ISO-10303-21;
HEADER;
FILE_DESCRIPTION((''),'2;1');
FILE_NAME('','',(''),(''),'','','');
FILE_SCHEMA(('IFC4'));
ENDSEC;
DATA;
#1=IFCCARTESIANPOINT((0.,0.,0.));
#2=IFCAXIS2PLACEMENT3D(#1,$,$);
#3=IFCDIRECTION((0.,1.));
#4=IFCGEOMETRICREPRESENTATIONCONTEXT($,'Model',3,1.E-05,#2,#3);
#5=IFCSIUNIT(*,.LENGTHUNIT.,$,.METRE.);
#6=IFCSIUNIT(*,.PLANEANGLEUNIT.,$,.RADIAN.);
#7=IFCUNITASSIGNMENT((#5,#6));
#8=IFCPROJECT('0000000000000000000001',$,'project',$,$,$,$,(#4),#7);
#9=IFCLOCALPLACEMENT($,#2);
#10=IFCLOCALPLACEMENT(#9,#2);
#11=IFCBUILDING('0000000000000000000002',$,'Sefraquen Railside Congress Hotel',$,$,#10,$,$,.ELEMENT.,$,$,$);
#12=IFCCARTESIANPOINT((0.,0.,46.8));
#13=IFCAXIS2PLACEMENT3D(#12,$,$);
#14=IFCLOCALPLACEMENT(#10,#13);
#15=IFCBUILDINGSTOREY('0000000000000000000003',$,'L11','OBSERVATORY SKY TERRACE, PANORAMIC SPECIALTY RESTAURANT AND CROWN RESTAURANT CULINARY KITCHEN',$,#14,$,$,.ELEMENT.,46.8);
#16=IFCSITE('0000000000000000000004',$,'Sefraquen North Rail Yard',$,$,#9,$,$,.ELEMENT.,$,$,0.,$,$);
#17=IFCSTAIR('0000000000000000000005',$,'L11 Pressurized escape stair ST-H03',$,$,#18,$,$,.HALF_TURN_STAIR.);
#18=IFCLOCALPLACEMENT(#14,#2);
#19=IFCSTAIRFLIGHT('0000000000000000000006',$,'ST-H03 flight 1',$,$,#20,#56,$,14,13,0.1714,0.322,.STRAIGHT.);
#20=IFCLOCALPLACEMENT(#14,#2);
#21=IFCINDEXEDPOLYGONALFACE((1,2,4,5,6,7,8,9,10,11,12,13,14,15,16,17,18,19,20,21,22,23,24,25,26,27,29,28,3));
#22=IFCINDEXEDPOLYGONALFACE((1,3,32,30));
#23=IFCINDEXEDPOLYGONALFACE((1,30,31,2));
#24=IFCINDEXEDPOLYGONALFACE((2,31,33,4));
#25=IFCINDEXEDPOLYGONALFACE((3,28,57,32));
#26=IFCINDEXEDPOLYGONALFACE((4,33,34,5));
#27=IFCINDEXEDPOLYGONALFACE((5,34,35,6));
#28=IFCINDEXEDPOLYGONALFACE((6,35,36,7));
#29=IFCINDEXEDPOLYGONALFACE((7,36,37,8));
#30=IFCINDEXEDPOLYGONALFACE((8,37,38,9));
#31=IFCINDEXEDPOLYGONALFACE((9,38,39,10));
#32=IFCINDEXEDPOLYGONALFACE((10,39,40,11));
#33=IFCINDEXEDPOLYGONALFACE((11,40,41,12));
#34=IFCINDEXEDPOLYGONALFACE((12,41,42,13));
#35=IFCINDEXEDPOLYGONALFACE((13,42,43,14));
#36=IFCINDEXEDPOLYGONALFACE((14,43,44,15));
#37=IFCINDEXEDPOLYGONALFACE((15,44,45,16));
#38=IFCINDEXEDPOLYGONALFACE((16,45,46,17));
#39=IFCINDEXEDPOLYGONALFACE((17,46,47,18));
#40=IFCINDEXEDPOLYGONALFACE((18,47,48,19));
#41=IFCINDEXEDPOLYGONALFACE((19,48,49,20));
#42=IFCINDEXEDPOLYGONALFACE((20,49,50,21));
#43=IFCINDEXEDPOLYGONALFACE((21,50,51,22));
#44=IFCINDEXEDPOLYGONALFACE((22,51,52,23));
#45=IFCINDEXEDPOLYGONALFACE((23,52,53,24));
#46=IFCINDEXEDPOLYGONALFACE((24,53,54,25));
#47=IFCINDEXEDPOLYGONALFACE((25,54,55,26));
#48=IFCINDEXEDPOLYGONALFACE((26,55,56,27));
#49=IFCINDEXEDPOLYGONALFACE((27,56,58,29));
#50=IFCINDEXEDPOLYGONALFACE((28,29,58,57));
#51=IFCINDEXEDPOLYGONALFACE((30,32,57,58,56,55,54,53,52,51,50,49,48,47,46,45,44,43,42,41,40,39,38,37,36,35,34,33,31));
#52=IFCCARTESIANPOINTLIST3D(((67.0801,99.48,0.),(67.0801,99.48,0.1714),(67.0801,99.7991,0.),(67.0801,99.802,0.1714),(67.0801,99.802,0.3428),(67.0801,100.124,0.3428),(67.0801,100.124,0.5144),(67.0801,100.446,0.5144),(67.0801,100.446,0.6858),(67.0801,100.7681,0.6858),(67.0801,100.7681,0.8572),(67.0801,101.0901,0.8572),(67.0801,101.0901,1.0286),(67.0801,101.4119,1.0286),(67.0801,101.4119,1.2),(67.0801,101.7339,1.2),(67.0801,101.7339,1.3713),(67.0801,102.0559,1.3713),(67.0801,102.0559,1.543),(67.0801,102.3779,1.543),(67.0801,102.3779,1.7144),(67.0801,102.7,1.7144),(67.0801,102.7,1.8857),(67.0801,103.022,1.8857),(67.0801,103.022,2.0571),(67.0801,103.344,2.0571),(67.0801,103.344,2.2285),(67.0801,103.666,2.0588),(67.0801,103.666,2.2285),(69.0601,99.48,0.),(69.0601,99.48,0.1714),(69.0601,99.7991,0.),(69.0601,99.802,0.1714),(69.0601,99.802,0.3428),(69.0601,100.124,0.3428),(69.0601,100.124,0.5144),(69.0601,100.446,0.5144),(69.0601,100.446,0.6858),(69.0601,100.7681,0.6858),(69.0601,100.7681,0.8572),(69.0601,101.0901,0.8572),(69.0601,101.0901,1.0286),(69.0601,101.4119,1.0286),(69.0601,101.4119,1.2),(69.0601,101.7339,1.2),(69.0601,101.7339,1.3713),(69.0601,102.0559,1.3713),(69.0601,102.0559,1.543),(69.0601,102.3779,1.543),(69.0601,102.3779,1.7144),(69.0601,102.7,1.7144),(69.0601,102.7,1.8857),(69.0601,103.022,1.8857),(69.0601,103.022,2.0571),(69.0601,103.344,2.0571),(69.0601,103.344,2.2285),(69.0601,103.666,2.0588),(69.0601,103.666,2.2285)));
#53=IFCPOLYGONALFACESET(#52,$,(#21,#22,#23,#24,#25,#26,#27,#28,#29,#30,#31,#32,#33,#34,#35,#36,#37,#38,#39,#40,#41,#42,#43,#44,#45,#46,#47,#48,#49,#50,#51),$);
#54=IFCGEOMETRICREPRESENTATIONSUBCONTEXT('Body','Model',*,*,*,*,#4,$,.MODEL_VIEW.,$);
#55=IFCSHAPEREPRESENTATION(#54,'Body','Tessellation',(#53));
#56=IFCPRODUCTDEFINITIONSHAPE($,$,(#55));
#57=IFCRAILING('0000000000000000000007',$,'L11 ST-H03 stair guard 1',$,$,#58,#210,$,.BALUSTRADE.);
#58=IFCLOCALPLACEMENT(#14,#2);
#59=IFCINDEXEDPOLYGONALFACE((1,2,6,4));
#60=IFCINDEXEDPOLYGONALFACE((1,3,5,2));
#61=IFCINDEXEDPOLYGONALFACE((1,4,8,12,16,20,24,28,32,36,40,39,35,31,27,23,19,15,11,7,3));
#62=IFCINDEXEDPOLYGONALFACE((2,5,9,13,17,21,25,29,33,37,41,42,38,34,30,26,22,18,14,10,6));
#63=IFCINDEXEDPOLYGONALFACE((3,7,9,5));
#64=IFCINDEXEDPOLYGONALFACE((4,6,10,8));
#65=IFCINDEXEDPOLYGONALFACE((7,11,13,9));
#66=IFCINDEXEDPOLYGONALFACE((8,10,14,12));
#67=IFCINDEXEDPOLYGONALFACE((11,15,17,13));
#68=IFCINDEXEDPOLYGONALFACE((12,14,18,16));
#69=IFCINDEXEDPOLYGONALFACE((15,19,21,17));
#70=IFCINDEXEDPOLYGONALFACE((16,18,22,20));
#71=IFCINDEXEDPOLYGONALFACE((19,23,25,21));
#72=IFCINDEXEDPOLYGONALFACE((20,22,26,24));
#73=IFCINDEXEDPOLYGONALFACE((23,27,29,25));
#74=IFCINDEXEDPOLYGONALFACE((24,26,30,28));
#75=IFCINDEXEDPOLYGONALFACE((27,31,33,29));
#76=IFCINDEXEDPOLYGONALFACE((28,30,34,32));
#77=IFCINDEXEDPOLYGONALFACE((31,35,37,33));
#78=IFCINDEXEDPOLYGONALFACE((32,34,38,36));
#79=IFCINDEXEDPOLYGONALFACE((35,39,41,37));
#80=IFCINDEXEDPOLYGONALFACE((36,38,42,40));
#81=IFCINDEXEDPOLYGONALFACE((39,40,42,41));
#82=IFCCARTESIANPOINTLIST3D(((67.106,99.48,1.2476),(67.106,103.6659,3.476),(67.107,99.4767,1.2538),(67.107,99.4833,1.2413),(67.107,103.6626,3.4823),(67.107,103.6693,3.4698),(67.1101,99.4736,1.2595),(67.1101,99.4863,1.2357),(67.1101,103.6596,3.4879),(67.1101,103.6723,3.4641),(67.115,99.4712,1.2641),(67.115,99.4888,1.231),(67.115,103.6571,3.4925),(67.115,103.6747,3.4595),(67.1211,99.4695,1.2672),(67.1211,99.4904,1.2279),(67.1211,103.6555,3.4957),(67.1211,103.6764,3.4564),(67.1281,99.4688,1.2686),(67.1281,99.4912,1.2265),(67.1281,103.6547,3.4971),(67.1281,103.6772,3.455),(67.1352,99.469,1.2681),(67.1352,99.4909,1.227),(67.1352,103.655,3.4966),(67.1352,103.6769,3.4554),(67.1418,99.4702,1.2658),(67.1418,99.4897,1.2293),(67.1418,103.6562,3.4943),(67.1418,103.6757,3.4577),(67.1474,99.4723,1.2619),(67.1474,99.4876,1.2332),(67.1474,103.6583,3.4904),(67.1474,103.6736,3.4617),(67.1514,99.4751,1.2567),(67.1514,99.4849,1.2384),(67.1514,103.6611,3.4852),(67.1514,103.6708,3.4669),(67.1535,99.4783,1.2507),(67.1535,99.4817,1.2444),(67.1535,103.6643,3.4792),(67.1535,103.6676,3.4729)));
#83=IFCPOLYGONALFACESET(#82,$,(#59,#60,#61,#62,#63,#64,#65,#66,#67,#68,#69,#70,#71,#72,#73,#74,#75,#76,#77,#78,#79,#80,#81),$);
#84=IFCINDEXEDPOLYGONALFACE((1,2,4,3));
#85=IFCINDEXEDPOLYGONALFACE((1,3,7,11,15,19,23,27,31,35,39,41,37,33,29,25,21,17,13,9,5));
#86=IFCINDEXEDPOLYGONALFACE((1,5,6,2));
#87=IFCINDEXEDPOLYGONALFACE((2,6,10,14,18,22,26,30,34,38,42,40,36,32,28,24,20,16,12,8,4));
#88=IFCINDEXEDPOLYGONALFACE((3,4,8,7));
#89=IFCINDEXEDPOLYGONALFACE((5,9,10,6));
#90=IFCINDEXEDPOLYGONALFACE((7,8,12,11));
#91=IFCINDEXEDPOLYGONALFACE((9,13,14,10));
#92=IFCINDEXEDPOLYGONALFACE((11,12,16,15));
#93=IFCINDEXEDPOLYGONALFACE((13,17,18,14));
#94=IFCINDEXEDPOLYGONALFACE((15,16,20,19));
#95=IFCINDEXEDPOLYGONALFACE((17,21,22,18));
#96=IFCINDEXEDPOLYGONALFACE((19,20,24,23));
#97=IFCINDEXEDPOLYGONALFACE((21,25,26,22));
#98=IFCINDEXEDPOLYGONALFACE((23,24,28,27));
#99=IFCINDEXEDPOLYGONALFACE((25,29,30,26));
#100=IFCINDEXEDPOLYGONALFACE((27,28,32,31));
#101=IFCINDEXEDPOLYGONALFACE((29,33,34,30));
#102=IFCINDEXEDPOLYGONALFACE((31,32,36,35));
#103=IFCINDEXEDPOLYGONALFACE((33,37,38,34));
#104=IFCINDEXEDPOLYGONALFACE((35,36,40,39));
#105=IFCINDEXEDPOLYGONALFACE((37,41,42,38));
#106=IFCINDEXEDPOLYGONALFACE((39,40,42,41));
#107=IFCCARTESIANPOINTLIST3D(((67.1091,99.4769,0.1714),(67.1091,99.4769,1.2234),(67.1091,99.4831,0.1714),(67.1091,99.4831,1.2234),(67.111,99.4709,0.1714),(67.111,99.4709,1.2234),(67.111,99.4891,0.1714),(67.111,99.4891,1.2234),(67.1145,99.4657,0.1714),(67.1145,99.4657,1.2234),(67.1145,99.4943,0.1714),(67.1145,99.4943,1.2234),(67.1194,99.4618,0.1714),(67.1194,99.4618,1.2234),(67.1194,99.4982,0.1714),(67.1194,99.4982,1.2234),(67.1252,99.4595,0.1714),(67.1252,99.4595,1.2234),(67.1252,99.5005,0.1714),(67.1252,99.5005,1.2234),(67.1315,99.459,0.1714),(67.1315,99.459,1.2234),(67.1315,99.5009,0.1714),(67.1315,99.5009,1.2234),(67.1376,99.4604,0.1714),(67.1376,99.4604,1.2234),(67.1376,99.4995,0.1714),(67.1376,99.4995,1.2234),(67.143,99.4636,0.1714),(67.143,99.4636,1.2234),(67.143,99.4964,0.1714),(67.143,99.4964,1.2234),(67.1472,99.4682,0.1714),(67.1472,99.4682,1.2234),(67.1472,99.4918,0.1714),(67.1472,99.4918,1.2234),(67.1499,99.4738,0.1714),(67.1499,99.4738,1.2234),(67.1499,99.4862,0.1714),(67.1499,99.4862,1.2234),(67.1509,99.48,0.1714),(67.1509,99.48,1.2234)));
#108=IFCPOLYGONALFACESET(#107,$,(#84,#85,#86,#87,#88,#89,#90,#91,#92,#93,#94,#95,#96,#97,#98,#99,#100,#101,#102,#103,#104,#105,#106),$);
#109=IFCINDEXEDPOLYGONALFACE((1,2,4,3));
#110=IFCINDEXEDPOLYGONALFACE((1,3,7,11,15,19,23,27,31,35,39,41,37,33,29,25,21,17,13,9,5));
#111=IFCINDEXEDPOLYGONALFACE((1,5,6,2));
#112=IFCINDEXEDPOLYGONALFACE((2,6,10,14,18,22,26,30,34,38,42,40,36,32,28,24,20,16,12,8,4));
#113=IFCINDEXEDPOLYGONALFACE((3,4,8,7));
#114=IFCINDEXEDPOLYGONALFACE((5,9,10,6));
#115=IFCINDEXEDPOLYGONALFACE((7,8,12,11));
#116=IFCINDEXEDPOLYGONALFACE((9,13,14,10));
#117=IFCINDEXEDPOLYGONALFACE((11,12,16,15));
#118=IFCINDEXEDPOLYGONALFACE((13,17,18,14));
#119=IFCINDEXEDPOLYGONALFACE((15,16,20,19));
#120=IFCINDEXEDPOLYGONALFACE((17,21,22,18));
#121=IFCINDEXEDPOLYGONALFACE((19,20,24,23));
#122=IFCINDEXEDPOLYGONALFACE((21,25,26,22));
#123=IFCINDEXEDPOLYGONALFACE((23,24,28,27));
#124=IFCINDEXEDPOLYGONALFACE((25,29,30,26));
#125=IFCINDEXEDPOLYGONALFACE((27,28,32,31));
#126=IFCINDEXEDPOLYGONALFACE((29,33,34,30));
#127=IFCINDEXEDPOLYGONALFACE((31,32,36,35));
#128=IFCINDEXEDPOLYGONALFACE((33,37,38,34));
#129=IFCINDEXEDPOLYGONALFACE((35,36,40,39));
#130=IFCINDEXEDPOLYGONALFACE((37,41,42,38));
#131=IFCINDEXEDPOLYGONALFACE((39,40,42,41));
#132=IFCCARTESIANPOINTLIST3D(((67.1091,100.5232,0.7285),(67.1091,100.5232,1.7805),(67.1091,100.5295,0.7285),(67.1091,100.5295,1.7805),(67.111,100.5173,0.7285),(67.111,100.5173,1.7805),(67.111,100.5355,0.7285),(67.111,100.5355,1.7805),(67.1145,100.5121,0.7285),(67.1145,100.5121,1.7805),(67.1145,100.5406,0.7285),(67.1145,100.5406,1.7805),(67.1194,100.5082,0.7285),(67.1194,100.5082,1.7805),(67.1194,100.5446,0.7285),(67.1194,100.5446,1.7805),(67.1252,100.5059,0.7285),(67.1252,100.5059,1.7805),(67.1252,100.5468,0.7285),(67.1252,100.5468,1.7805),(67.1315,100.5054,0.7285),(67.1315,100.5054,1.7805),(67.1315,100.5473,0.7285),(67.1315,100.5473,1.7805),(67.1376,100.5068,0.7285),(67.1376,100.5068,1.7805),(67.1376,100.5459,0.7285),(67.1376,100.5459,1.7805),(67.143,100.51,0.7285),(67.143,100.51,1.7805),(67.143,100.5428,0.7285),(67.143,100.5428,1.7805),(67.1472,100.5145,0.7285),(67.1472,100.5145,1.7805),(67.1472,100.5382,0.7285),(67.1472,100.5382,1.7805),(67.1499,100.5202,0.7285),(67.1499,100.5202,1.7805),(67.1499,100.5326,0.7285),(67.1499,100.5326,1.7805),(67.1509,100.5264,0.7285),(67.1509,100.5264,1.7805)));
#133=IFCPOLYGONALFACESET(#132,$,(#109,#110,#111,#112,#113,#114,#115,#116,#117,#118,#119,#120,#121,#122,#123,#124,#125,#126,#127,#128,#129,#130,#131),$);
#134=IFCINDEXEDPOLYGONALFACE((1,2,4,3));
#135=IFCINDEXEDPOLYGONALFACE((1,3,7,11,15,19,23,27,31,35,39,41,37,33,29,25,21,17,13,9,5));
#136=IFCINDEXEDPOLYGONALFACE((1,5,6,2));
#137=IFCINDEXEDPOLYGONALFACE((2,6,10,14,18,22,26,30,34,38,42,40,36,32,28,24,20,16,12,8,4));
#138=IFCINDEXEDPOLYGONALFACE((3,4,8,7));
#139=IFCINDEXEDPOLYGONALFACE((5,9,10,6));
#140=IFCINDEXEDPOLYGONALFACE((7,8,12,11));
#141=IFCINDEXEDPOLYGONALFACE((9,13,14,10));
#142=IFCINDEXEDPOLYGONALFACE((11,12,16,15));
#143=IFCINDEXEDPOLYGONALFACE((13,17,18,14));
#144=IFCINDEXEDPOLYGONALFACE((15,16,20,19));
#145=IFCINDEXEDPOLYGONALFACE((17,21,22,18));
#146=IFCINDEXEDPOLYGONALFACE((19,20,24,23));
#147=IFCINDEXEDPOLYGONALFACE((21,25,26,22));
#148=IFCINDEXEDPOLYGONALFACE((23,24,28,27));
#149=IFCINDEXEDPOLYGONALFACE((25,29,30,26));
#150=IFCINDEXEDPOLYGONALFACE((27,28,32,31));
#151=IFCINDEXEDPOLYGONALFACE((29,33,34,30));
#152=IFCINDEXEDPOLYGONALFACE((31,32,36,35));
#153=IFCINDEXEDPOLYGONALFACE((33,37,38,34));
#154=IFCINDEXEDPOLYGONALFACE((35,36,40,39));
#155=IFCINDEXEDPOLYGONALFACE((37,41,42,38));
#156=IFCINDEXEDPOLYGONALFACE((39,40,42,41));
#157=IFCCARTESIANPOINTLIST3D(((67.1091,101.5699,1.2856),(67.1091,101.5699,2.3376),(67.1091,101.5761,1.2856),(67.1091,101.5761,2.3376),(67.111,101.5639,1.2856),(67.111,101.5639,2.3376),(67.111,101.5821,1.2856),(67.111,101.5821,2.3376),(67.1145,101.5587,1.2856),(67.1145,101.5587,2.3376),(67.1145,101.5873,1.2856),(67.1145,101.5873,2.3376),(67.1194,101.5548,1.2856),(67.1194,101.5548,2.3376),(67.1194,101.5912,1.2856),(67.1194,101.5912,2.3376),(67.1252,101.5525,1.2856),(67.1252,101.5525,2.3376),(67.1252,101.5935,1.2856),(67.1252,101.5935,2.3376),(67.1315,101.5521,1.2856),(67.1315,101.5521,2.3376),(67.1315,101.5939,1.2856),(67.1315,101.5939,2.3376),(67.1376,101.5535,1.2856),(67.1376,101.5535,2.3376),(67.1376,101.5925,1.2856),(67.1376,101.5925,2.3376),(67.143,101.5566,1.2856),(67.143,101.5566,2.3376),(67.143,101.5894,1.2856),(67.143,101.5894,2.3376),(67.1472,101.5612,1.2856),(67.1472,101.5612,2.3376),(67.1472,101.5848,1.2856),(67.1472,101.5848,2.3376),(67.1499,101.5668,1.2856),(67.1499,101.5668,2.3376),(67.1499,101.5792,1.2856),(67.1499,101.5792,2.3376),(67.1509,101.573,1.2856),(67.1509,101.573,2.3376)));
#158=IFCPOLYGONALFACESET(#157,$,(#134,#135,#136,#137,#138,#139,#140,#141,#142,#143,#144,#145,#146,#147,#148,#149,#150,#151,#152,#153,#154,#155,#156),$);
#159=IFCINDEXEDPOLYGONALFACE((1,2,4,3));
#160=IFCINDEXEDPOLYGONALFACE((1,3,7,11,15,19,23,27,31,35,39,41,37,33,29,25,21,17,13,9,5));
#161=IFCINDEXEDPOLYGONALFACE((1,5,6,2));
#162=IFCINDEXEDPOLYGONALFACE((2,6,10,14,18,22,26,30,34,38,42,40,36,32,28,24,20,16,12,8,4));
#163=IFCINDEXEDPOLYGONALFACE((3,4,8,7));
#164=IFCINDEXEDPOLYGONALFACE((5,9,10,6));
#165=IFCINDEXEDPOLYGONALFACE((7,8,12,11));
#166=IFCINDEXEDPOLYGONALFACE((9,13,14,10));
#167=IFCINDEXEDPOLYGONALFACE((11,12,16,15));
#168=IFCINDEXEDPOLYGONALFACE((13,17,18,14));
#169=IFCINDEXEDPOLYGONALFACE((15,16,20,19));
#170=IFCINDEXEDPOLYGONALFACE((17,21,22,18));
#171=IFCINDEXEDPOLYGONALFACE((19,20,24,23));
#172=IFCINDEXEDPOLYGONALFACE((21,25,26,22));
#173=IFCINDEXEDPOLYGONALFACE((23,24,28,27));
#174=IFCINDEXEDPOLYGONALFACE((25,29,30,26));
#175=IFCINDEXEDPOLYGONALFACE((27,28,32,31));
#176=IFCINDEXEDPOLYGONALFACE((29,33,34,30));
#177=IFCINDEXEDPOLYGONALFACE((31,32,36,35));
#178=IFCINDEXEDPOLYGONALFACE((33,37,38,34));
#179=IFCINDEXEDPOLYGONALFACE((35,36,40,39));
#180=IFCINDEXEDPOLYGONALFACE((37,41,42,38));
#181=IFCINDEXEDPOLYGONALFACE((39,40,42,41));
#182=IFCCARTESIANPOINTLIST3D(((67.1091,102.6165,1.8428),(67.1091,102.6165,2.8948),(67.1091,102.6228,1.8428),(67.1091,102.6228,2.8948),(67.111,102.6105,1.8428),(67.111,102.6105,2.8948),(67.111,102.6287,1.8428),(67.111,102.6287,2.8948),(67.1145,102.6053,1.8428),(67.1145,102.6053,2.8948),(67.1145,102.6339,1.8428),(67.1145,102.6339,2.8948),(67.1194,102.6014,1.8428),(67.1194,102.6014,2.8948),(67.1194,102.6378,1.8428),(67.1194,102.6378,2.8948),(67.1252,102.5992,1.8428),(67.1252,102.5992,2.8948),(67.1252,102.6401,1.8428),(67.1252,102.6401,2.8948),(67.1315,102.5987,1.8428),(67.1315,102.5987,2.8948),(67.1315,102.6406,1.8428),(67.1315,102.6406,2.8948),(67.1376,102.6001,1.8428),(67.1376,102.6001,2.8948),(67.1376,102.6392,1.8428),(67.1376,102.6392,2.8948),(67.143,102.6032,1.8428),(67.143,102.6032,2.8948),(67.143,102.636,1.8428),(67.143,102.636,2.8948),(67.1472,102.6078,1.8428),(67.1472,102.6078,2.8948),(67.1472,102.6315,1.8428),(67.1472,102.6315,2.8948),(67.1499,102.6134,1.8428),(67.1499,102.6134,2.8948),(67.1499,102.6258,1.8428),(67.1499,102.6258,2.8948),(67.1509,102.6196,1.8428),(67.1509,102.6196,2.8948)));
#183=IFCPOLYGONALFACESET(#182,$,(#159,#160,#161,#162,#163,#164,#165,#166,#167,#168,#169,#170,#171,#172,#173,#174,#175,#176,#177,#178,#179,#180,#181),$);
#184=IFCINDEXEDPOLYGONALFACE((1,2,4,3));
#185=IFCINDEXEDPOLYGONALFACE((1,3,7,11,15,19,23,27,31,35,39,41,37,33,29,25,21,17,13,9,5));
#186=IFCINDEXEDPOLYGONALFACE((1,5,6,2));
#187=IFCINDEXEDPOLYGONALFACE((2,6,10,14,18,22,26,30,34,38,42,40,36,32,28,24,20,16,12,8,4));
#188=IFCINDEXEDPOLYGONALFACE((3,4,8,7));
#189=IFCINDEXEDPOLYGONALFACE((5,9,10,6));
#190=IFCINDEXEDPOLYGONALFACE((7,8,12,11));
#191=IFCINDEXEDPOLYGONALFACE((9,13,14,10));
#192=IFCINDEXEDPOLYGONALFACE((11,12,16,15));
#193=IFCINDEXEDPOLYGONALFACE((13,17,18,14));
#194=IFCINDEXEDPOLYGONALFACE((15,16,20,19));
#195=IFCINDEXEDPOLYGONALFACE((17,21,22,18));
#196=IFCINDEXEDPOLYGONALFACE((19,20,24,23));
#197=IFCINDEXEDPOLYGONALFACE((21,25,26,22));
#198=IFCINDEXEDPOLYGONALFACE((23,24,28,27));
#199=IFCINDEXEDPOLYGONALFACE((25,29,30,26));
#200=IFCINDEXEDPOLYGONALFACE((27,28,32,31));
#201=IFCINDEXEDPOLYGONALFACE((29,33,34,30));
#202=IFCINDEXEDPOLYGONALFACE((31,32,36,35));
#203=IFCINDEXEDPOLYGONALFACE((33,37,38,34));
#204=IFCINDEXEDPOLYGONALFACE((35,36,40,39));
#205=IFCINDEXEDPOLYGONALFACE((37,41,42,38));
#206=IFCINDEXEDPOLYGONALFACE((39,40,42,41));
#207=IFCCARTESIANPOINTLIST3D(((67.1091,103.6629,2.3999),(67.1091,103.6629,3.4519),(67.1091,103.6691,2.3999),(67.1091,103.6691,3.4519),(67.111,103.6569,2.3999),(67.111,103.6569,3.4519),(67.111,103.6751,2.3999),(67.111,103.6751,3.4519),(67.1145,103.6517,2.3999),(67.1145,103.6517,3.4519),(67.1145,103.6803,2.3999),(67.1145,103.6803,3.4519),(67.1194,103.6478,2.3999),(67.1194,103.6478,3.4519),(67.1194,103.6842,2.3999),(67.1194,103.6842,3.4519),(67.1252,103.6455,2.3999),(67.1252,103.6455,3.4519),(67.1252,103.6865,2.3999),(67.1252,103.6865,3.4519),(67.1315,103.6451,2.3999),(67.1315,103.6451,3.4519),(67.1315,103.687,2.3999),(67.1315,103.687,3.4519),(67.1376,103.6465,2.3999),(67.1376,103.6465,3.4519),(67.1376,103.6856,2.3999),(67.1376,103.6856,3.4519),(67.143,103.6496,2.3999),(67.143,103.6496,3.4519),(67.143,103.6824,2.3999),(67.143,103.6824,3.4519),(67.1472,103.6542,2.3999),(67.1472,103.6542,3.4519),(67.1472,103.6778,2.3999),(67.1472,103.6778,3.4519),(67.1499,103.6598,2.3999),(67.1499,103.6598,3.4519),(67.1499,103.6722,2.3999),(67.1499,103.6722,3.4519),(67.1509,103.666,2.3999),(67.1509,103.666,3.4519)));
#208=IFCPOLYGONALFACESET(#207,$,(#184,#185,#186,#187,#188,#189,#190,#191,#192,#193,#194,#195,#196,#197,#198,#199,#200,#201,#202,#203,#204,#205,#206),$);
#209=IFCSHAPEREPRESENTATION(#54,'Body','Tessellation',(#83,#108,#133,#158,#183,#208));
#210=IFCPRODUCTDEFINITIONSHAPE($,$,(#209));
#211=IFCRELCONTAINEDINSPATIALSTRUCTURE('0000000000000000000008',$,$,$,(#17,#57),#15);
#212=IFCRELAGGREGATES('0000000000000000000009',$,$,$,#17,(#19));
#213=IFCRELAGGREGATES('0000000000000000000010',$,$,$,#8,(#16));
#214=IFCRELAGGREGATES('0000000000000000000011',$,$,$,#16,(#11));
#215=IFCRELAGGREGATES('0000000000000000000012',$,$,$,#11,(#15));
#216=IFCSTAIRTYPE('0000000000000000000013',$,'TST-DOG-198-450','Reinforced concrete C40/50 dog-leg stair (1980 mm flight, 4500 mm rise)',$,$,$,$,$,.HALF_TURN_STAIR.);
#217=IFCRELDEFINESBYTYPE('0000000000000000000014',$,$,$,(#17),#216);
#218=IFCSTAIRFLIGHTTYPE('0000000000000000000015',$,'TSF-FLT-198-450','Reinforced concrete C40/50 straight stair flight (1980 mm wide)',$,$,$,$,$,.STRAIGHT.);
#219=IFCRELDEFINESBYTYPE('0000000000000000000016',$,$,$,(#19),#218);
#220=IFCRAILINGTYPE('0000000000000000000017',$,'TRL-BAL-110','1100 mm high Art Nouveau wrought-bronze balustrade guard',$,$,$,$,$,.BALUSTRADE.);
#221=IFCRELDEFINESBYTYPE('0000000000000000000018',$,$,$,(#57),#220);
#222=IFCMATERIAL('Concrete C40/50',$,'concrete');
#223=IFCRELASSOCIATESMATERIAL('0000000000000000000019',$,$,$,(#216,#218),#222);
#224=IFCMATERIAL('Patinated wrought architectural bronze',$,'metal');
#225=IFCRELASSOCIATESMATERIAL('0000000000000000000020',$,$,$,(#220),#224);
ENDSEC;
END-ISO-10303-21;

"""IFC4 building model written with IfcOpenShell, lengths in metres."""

from ifc_helpers import new_model, si_unit, direction, frame, origin, origin_2d, place, context, subcontext, project, spatial, polyline, circle, outline, extrude, material, type_object, element, aggregate, save


model = new_model("IFC4")

# Units and contexts
model_context = context("Model", 3, precision=1e-05, world=origin(), true_north=direction((0.0, 1.0)))
body_context = subcontext(model_context, "Body", "Model", "MODEL_VIEW")
ifc_project = project(units=[si_unit("LENGTHUNIT", "METRE"), si_unit("PLANEANGLEUNIT", "RADIAN")], contexts=[model_context])

# Site, building, storey
site_placement = place(None, origin())
site = spatial("IfcSite", under=ifc_project, at=site_placement, Name="Sefraquen North Rail Yard", CompositionType="ELEMENT", RefElevation=0.0)
building_placement = place(site_placement, origin())
building = spatial("IfcBuilding", under=site, at=building_placement, Name="Sefraquen Railside Congress Hotel", CompositionType="ELEMENT")
storey_placement = place(building_placement, frame((0.0, 0.0, 46.8)))
storey = spatial("IfcBuildingStorey", under=building, at=storey_placement, Name="L11", Description="OBSERVATORY SKY TERRACE, PANORAMIC SPECIALTY RESTAURANT AND CROWN RESTAURANT CULINARY KITCHEN", CompositionType="ELEMENT", Elevation=46.8)

# Stair, stair flight
ifc_material_1 = material(Name="Concrete C40/50", Category="concrete")
stair_type = type_object("IfcStairType", Name="TST-DOG-198-450", Description="Reinforced concrete C40/50 dog-leg stair (1980 mm flight, 4500 mm rise)", PredefinedType="HALF_TURN_STAIR", material=ifc_material_1)
stair_placement = place(storey_placement, origin())
stair = element("IfcStair", 1, at=stair_placement, inside=storey, type_object=stair_type, Name="L11 Pressurized escape stair ST-H03", PredefinedType="HALF_TURN_STAIR")
stair_flight_type = type_object("IfcStairFlightType", Name="TSF-FLT-198-450", Description="Reinforced concrete C40/50 straight stair flight (1980 mm wide)", PredefinedType="STRAIGHT", material=ifc_material_1)
stair_flight_placement = place(storey_placement, frame((68.0701, 99.48, 0.0), z_axis=(0.0, 0.0, 1.0), x_axis=(0.0, 1.0, 0.0)))
stair_flight = element("IfcStairFlight", 2, at=stair_flight_placement, type_object=stair_flight_type, Name="ST-H03 flight 1", NumberOfRisers=14, NumberOfTreads=13, PredefinedType="STRAIGHT", RiserHeight=0.1714, TreadLength=0.322, context=body_context, shape_type="SweptSolid", body=[
    extrude(outline(polyline([(0.0, 0.0), (0.0, 0.1714), (0.322, 0.1714), (0.322, 0.3428), (0.644, 0.3428), (0.644, 0.5144), (0.9661, 0.5144), (0.9661, 0.6858), (1.2881, 0.6858), (1.2881, 0.8572), (1.6101, 0.8572), (1.6101, 1.0286), (1.9319, 1.0286), (1.9319, 1.2), (2.2539, 1.2), (2.2539, 1.3713), (2.5759, 1.3713), (2.5759, 1.543), (2.8979, 1.543), (2.8979, 1.7144), (3.22, 1.7144), (3.22, 1.8857), (3.542, 1.8857), (3.542, 2.0571), (3.864, 2.0571), (3.864, 2.2285), (4.186, 2.2285), (4.186, 2.3999), (4.186, 2.0588), (0.3191, 0.0), (0.0, 0.0)])), frame((0.0, 0.99, 0.0), z_axis=(0.0, -1.0, 0.0), x_axis=(1.0, 0.0, 0.0)), (0.0, 0.0, 1.0), 1.98),
])
aggregate(stair, [stair_flight])

# Railing
ifc_material_2 = material(Name="Patinated wrought architectural bronze", Category="metal")
railing_type = type_object("IfcRailingType", Name="TRL-BAL-110", Description="1100 mm high Art Nouveau wrought-bronze balustrade guard", PredefinedType="BALUSTRADE", material=ifc_material_2)
railing_1_placement = place(storey_placement, frame((67.1299, 99.48, 0.1714)))
element("IfcRailing", 3, at=railing_1_placement, inside=storey, type_object=railing_type, Name="L11 ST-H03 stair guard 1", PredefinedType="BALUSTRADE", context=body_context, shape_type="SweptSolid", body=[
    extrude(circle(Radius=0.0239, at=origin_2d()), frame((0.0, 0.0, 1.0762), z_axis=(0.0, 0.882706, 0.469925), x_axis=(-1.0, 0.0, 0.0)), (0.0, 0.0, 1.0), 4.7422),
    extrude(circle(Radius=0.021, at=origin_2d()), origin(), (0.0, 0.0, 1.0), 1.052),
    extrude(circle(Radius=0.021, at=origin_2d()), frame((0.0, 1.0464, 0.5571)), (0.0, 0.0, 1.0), 1.052),
    extrude(circle(Radius=0.021, at=origin_2d()), frame((0.0, 2.093, 1.1143)), (0.0, 0.0, 1.0), 1.052),
    extrude(circle(Radius=0.021, at=origin_2d()), frame((0.0, 3.1396, 1.6714)), (0.0, 0.0, 1.0), 1.052),
    extrude(circle(Radius=0.021, at=origin_2d()), frame((0.0, 4.186, 2.2285)), (0.0, 0.0, 1.0), 1.052),
])

save(model, "model.ifc")
